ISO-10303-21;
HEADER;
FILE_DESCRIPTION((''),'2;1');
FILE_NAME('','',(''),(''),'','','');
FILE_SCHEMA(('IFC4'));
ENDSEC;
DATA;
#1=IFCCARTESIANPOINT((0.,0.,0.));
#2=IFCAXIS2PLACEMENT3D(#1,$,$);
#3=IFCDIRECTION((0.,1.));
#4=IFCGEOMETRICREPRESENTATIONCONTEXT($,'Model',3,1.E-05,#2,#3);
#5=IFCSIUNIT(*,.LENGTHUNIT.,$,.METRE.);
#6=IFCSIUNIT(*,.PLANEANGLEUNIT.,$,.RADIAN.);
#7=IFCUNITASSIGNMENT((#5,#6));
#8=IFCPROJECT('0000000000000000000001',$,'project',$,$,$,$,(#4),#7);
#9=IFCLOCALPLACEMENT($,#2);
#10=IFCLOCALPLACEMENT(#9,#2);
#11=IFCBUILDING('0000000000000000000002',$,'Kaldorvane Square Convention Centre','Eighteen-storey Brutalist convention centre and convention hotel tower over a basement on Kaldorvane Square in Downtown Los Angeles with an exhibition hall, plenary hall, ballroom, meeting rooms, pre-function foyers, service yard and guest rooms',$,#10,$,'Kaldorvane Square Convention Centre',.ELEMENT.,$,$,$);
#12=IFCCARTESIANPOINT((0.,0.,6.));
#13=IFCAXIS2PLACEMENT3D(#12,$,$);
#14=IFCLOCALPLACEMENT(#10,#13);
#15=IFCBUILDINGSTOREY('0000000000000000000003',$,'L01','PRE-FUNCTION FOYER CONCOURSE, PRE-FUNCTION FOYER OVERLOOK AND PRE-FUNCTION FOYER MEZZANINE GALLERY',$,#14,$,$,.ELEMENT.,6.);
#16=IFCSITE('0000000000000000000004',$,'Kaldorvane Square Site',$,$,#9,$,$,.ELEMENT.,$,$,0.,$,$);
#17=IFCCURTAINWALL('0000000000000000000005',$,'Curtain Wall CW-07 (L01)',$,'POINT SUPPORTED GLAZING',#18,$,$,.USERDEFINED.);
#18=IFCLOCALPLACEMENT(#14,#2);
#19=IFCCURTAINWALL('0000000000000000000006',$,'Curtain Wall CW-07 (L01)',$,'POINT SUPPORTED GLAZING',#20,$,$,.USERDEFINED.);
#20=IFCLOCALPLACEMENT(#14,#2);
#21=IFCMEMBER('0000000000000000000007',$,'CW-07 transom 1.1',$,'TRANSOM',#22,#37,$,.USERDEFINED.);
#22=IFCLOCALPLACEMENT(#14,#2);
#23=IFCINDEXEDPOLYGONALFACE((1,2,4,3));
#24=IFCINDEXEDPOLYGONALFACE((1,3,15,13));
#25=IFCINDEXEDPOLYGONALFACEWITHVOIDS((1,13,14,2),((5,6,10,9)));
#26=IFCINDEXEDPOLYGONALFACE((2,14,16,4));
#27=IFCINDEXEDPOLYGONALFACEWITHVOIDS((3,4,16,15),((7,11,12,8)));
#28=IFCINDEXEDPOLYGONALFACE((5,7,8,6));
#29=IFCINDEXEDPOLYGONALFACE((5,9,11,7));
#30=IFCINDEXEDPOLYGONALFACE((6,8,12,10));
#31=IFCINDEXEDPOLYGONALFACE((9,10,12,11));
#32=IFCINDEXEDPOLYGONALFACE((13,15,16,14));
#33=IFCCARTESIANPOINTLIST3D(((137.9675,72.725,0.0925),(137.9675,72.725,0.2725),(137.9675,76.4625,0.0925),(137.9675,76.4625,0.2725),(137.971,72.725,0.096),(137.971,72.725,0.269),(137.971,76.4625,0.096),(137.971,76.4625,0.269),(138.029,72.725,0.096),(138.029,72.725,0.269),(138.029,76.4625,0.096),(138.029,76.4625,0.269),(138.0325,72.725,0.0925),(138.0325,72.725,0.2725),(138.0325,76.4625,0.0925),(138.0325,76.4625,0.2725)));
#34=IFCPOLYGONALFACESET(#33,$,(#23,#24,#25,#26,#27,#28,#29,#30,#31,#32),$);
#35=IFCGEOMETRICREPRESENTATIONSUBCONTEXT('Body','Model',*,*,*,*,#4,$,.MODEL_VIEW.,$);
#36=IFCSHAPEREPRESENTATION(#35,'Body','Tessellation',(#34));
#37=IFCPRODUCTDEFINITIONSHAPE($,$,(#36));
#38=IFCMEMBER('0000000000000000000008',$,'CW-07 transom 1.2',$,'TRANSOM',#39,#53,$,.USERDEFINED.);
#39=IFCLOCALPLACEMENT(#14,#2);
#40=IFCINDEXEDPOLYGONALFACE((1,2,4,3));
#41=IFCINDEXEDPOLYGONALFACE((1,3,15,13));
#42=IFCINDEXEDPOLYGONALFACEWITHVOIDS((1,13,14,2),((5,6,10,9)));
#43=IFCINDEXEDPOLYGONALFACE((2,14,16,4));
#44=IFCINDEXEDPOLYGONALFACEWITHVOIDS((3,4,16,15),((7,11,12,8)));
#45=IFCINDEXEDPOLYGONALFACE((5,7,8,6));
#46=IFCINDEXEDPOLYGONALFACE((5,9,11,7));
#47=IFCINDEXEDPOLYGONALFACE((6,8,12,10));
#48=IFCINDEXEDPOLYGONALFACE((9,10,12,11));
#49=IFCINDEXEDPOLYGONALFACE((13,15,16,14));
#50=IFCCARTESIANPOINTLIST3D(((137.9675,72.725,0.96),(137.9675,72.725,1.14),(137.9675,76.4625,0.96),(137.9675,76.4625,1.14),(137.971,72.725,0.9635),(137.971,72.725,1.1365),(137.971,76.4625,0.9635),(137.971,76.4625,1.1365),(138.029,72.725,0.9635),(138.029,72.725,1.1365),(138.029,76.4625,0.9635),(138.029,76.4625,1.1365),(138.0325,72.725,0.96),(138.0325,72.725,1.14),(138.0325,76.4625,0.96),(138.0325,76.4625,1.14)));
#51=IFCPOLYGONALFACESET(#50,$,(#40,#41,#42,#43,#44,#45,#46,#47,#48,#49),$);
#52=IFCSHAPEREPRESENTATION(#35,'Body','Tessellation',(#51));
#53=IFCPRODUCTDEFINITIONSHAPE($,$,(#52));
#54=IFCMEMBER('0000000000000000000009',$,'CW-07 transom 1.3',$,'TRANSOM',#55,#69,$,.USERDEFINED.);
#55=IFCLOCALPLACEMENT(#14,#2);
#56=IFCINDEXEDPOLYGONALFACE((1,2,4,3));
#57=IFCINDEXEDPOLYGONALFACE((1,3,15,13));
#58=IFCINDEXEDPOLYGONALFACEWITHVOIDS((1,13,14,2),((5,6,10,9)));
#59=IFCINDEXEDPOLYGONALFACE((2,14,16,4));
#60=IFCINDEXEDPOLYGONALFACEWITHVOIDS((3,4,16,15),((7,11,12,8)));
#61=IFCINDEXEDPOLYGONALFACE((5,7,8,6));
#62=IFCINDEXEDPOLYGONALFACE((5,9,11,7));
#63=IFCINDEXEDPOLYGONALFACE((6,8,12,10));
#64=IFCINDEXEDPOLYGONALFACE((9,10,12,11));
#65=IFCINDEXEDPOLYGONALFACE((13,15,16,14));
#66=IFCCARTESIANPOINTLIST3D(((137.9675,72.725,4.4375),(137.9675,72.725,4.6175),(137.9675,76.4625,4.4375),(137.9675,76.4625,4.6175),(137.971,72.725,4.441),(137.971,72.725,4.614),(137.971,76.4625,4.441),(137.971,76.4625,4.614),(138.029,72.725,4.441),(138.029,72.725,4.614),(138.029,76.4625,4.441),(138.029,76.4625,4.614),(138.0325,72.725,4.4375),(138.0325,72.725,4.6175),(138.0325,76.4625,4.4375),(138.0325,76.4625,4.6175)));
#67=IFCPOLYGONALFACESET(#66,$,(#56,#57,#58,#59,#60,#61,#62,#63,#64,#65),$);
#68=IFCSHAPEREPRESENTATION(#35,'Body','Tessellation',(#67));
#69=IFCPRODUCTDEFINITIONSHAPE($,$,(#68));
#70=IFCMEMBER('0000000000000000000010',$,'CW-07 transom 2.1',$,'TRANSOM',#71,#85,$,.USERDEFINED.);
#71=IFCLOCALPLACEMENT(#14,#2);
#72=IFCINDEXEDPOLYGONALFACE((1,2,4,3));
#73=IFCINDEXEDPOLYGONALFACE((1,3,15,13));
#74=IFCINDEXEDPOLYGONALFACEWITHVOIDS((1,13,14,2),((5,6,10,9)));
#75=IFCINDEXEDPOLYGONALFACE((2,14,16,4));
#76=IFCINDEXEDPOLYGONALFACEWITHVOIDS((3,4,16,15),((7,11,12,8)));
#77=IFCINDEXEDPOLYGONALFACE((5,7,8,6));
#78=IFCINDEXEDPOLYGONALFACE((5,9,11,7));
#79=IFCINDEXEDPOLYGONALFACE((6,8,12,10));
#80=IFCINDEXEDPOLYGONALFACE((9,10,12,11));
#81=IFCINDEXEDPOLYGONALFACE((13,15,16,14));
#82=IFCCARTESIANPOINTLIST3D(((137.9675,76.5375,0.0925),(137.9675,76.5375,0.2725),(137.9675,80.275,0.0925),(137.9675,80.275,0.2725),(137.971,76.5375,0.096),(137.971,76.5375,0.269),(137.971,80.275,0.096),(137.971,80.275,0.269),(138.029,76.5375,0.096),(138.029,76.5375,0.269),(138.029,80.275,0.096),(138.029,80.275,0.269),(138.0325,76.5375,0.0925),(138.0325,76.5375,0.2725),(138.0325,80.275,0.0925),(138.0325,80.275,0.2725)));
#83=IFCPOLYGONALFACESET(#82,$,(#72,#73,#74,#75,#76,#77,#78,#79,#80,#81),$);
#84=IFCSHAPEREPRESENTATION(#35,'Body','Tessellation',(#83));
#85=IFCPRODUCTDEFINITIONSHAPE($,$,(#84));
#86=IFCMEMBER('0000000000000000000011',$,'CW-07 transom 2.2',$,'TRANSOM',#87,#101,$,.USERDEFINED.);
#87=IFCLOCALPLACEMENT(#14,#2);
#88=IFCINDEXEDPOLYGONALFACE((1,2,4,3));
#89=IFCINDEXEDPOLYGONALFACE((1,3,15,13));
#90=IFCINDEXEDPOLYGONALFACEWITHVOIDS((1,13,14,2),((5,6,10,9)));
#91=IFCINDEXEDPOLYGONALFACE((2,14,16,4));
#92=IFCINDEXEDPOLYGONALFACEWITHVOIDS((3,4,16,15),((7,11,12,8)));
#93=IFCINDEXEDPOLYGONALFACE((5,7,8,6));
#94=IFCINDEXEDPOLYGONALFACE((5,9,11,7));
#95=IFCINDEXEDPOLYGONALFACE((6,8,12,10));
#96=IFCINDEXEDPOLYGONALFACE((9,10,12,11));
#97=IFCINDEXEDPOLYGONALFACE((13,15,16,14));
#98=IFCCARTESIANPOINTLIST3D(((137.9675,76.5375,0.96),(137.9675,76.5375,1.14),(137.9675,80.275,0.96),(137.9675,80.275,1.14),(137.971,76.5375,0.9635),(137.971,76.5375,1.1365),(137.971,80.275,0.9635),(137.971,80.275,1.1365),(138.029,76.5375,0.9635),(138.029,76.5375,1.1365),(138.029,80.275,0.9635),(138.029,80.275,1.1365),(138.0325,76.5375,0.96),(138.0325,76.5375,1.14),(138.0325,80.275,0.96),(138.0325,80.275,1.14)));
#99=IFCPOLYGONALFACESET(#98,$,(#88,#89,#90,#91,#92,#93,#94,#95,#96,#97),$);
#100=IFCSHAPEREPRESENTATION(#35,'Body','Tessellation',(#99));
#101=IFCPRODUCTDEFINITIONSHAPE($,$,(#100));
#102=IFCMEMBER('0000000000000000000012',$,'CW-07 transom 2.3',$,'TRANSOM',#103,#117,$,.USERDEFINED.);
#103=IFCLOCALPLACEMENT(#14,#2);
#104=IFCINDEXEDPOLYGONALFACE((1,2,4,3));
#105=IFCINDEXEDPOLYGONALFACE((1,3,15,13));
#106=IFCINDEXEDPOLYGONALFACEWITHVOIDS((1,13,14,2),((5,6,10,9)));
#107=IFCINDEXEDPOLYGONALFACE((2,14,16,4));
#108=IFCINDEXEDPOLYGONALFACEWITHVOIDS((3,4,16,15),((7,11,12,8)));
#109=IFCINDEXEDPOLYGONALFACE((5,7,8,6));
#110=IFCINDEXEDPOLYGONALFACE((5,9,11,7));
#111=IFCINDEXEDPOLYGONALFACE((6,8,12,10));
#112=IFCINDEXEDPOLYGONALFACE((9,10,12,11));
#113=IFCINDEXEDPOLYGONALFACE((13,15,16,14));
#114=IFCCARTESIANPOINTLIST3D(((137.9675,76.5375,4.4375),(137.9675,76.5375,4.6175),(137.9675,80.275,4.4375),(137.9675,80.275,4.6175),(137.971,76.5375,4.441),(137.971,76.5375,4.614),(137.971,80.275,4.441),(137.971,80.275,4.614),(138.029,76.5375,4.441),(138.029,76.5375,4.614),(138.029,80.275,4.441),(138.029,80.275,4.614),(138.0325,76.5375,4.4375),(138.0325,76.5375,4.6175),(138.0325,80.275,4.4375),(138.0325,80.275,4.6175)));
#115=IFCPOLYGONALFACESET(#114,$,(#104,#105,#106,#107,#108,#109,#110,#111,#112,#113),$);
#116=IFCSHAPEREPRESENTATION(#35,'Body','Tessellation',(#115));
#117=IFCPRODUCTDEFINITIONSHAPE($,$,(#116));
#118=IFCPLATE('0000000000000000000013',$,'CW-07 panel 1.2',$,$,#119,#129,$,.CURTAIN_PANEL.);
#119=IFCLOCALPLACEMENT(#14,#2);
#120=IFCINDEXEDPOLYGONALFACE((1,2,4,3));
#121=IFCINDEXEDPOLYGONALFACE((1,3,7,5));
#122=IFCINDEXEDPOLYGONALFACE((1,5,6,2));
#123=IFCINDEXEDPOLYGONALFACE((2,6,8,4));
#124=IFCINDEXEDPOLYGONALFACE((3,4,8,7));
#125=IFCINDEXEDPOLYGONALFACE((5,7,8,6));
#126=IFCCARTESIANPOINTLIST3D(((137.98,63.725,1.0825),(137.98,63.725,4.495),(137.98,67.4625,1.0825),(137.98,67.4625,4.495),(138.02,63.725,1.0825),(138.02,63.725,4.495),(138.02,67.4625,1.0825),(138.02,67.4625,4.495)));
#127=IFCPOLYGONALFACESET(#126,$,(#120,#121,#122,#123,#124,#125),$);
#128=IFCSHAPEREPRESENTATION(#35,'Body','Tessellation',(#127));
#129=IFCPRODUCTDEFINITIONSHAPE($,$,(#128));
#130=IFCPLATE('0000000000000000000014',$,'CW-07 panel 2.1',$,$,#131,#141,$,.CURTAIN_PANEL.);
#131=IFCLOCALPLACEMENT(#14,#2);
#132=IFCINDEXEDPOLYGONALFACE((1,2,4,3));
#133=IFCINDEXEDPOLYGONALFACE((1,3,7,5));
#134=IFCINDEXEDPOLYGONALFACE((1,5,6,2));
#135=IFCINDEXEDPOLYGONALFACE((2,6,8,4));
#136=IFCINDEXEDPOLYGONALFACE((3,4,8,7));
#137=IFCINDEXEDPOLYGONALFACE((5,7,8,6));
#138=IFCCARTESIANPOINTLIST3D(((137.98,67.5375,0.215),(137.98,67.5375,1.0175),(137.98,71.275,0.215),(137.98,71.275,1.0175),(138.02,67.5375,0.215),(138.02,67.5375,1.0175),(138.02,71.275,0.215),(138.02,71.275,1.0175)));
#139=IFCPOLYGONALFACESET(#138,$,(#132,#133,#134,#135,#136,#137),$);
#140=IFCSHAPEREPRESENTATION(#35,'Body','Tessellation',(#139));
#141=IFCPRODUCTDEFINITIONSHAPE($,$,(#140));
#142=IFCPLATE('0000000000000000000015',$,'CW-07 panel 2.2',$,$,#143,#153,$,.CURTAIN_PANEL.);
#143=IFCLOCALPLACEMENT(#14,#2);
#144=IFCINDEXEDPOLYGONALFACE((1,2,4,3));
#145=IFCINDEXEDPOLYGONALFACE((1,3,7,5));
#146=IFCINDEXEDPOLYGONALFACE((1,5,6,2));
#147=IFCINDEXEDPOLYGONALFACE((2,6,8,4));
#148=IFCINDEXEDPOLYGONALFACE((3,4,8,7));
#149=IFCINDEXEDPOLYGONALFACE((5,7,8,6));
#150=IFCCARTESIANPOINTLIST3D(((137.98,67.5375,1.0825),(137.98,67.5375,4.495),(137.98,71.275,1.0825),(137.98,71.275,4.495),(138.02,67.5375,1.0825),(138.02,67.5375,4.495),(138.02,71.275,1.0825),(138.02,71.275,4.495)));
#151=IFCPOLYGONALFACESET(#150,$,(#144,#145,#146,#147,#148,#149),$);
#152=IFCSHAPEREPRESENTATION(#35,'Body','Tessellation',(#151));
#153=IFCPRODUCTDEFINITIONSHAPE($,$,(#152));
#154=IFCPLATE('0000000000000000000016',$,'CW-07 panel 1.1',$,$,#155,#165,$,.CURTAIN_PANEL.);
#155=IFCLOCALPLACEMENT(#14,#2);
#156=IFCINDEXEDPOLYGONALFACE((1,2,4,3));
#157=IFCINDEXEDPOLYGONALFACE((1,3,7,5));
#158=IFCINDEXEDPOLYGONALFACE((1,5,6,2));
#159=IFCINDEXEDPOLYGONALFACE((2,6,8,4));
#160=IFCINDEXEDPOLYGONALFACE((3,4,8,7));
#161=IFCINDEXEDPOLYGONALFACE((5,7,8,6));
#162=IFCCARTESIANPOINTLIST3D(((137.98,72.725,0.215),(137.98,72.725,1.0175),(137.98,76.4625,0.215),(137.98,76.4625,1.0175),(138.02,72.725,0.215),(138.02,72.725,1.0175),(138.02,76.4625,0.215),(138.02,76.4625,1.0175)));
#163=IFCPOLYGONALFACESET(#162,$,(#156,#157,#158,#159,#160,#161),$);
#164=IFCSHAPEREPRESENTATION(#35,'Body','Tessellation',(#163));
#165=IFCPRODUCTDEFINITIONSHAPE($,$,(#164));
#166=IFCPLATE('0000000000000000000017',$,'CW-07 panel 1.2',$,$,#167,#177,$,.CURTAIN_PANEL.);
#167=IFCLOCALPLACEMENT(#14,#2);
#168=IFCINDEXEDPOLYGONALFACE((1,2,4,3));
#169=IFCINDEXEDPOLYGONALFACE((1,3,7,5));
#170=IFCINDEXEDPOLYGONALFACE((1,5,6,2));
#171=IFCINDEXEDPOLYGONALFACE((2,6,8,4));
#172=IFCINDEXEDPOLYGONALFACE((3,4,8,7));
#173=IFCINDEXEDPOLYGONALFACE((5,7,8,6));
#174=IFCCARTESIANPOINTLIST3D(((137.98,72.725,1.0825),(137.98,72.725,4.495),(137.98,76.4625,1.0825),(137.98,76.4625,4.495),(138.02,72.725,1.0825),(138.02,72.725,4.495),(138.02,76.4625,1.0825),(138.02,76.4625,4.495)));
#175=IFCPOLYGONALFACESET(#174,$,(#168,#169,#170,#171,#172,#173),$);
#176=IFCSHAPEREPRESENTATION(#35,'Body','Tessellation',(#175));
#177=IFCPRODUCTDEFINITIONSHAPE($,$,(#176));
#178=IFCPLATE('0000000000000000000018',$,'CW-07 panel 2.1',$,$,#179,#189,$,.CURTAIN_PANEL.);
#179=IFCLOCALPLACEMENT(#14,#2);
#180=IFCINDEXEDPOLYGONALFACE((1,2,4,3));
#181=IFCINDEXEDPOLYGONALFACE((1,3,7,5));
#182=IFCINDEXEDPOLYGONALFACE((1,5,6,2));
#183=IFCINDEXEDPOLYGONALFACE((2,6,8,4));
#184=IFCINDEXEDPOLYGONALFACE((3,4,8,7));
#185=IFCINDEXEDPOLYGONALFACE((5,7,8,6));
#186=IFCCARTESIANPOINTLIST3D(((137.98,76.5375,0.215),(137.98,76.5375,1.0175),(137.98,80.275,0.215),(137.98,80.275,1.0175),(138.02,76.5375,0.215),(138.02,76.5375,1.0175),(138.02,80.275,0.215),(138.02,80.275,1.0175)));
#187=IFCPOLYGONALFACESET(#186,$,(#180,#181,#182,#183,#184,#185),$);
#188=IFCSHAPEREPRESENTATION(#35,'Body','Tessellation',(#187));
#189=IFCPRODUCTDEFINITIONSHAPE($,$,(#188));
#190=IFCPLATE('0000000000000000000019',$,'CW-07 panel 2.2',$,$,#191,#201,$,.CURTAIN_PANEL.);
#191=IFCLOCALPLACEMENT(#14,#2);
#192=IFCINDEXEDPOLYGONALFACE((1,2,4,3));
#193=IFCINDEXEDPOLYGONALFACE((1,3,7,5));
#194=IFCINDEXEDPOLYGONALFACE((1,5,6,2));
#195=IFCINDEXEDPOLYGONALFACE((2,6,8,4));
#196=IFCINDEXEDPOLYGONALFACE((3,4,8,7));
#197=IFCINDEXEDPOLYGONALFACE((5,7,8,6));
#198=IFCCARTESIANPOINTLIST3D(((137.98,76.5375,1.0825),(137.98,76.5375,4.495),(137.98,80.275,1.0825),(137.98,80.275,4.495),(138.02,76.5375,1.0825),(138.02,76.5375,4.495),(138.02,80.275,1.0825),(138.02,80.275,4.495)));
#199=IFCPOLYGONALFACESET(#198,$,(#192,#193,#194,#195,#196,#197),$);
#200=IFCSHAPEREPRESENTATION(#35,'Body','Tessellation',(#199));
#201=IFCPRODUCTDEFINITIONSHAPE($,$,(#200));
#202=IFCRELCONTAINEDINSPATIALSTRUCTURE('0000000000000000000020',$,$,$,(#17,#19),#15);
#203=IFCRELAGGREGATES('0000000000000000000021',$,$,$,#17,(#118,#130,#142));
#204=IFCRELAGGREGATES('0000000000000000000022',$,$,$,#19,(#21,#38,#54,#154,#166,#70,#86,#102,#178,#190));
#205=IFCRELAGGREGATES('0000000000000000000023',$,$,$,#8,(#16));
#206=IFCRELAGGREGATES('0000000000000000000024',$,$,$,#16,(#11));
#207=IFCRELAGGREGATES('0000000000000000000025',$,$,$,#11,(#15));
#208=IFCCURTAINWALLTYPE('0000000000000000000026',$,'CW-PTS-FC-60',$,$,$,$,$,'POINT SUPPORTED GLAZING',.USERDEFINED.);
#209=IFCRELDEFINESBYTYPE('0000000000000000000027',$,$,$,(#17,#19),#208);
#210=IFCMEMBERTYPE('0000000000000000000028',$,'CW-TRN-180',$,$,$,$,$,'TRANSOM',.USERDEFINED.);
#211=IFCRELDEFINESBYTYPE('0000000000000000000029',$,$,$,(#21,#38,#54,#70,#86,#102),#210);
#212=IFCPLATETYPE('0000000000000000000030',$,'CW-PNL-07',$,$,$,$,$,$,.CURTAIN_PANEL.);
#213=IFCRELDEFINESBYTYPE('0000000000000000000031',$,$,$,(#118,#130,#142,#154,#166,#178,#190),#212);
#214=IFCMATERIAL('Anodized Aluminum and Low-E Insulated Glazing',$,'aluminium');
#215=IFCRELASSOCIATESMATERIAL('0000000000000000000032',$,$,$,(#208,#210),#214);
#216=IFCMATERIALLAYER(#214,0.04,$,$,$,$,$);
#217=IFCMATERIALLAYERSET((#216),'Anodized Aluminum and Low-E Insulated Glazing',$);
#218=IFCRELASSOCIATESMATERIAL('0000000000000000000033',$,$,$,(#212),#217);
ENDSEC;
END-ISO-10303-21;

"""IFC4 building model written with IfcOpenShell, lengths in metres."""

from ifc_helpers import new_model, si_unit, direction, frame, origin, origin_2d, place, context, subcontext, project, spatial, rectangle, hollow_rectangle, extrude, material, layer, layer_set, material_profile, profile_set, type_object, element, aggregate, save


model = new_model("IFC4")

# Units and contexts
model_context = context("Model", 3, precision=1e-05, world=origin(), true_north=direction((0.0, 1.0)))
body_context = subcontext(model_context, "Body", "Model", "MODEL_VIEW")
ifc_project = project(units=[si_unit("LENGTHUNIT", "METRE"), si_unit("PLANEANGLEUNIT", "RADIAN")], contexts=[model_context])

# Site, building, storey
site_placement = place(None, origin())
site = spatial("IfcSite", under=ifc_project, at=site_placement, Name="Kaldorvane Square Site", CompositionType="ELEMENT", RefElevation=0.0)
building_placement = place(site_placement, origin())
building = spatial("IfcBuilding", under=site, at=building_placement, Name="Kaldorvane Square Convention Centre", Description="Eighteen-storey Brutalist convention centre and convention hotel tower over a basement on Kaldorvane Square in Downtown Los Angeles with an exhibition hall, plenary hall, ballroom, meeting rooms, pre-function foyers, service yard and guest rooms", LongName="Kaldorvane Square Convention Centre", CompositionType="ELEMENT")
storey_placement = place(building_placement, frame((0.0, 0.0, 6.0)))
storey = spatial("IfcBuildingStorey", under=building, at=storey_placement, Name="L01", Description="PRE-FUNCTION FOYER CONCOURSE, PRE-FUNCTION FOYER OVERLOOK AND PRE-FUNCTION FOYER MEZZANINE GALLERY", CompositionType="ELEMENT", Elevation=6.0)

# Curtain walls
ifc_material_1 = material(Name="Anodized Aluminum and Low-E Insulated Glazing", Category="aluminium")
curtain_wall_type = type_object("IfcCurtainWallType", Name="CW-PTS-FC-60", ElementType="POINT SUPPORTED GLAZING", PredefinedType="USERDEFINED", material=ifc_material_1)
curtain_wall_1_placement = place(storey_placement, origin())
curtain_wall_1 = element("IfcCurtainWall", 1, at=curtain_wall_1_placement, inside=storey, type_object=curtain_wall_type, Name="Curtain Wall CW-07 (L01)", ObjectType="POINT SUPPORTED GLAZING", PredefinedType="USERDEFINED")
curtain_wall_2_placement = place(storey_placement, origin())
curtain_wall_2 = element("IfcCurtainWall", 2, at=curtain_wall_2_placement, inside=storey, type_object=curtain_wall_type, Name="Curtain Wall CW-07 (L01)", ObjectType="POINT SUPPORTED GLAZING", PredefinedType="USERDEFINED")

# Members
ifc_material_profile_1 = material_profile(ifc_material_1, hollow_rectangle(XDim=0.065, YDim=0.18, WallThickness=0.0035, at=origin_2d()), Name="CWT-180X65")
ifc_profile_set_1 = profile_set([ifc_material_profile_1], Name="Anodized Aluminum and Low-E Insulated Glazing")
member_type_1 = type_object("IfcMemberType", Name="CW-TRN-180", ElementType="TRANSOM", PredefinedType="USERDEFINED", material=ifc_profile_set_1)
member_1_placement = place(storey_placement, frame((138.0, 72.725, 0.1825), z_axis=(0.0, 1.0, 0.0), x_axis=(-1.0, 0.0, 0.0)))
member_1 = element("IfcMember", 3, at=member_1_placement, type_object=member_type_1, Name="CW-07 transom 1.1", ObjectType="TRANSOM", PredefinedType="USERDEFINED", context=body_context, shape_type="SweptSolid", body=[
    extrude(hollow_rectangle(XDim=0.065, YDim=0.18, WallThickness=0.0035, at=origin_2d()), origin(), (0.0, 0.0, 1.0), 3.7375),
])
member_2_placement = place(storey_placement, frame((138.0, 72.725, 1.05), z_axis=(0.0, 1.0, 0.0), x_axis=(-1.0, 0.0, 0.0)))
member_2 = element("IfcMember", 4, at=member_2_placement, type_object=member_type_1, Name="CW-07 transom 1.2", ObjectType="TRANSOM", PredefinedType="USERDEFINED", context=body_context, shape_type="SweptSolid", body=[
    extrude(hollow_rectangle(XDim=0.065, YDim=0.18, WallThickness=0.0035, at=origin_2d()), origin(), (0.0, 0.0, 1.0), 3.7375),
])
member_3_placement = place(storey_placement, frame((138.0, 72.725, 4.5275), z_axis=(0.0, 1.0, 0.0), x_axis=(-1.0, 0.0, 0.0)))
member_3 = element("IfcMember", 5, at=member_3_placement, type_object=member_type_1, Name="CW-07 transom 1.3", ObjectType="TRANSOM", PredefinedType="USERDEFINED", context=body_context, shape_type="SweptSolid", body=[
    extrude(hollow_rectangle(XDim=0.065, YDim=0.18, WallThickness=0.0035, at=origin_2d()), origin(), (0.0, 0.0, 1.0), 3.7375),
])
member_4_placement = place(storey_placement, frame((138.0, 76.5375, 0.1825), z_axis=(0.0, 1.0, 0.0), x_axis=(-1.0, 0.0, 0.0)))
member_4 = element("IfcMember", 6, at=member_4_placement, type_object=member_type_1, Name="CW-07 transom 2.1", ObjectType="TRANSOM", PredefinedType="USERDEFINED", context=body_context, shape_type="SweptSolid", body=[
    extrude(hollow_rectangle(XDim=0.065, YDim=0.18, WallThickness=0.0035, at=origin_2d()), origin(), (0.0, 0.0, 1.0), 3.7375),
])
member_5_placement = place(storey_placement, frame((138.0, 76.5375, 1.05), z_axis=(0.0, 1.0, 0.0), x_axis=(-1.0, 0.0, 0.0)))
member_5 = element("IfcMember", 7, at=member_5_placement, type_object=member_type_1, Name="CW-07 transom 2.2", ObjectType="TRANSOM", PredefinedType="USERDEFINED", context=body_context, shape_type="SweptSolid", body=[
    extrude(hollow_rectangle(XDim=0.065, YDim=0.18, WallThickness=0.0035, at=origin_2d()), origin(), (0.0, 0.0, 1.0), 3.7375),
])
member_6_placement = place(storey_placement, frame((138.0, 76.5375, 4.5275), z_axis=(0.0, 1.0, 0.0), x_axis=(-1.0, 0.0, 0.0)))
member_6 = element("IfcMember", 8, at=member_6_placement, type_object=member_type_1, Name="CW-07 transom 2.3", ObjectType="TRANSOM", PredefinedType="USERDEFINED", context=body_context, shape_type="SweptSolid", body=[
    extrude(hollow_rectangle(XDim=0.065, YDim=0.18, WallThickness=0.0035, at=origin_2d()), origin(), (0.0, 0.0, 1.0), 3.7375),
])

# Plates
ifc_layer_1 = layer(ifc_material_1, 0.04)
ifc_layer_set_1 = layer_set([ifc_layer_1], Name="Anodized Aluminum and Low-E Insulated Glazing")
plate_type = type_object("IfcPlateType", Name="CW-PNL-07", PredefinedType="CURTAIN_PANEL", material=ifc_layer_set_1)
plate_1_placement = place(storey_placement, frame((138.0, 65.5938, 1.0825), z_axis=(0.0, 0.0, 1.0), x_axis=(0.0, 1.0, 0.0)))
plate_1 = element("IfcPlate", 9, at=plate_1_placement, type_object=plate_type, Name="CW-07 panel 1.2", PredefinedType="CURTAIN_PANEL", context=body_context, shape_type="SweptSolid", body=[
    extrude(rectangle(XDim=3.7375, YDim=0.04, at=origin_2d()), origin(), (0.0, 0.0, 1.0), 3.4125),
])
plate_2_placement = place(storey_placement, frame((138.0, 69.4062, 0.215), z_axis=(0.0, 0.0, 1.0), x_axis=(0.0, 1.0, 0.0)))
plate_2 = element("IfcPlate", 10, at=plate_2_placement, type_object=plate_type, Name="CW-07 panel 2.1", PredefinedType="CURTAIN_PANEL", context=body_context, shape_type="SweptSolid", body=[
    extrude(rectangle(XDim=3.7375, YDim=0.04, at=origin_2d()), origin(), (0.0, 0.0, 1.0), 0.8025),
])
plate_3_placement = place(storey_placement, frame((138.0, 69.4062, 1.0825), z_axis=(0.0, 0.0, 1.0), x_axis=(0.0, 1.0, 0.0)))
plate_3 = element("IfcPlate", 11, at=plate_3_placement, type_object=plate_type, Name="CW-07 panel 2.2", PredefinedType="CURTAIN_PANEL", context=body_context, shape_type="SweptSolid", body=[
    extrude(rectangle(XDim=3.7375, YDim=0.04, at=origin_2d()), origin(), (0.0, 0.0, 1.0), 3.4125),
])
aggregate(curtain_wall_1, [plate_1, plate_2, plate_3])
plate_4_placement = place(storey_placement, frame((138.0, 74.5938, 0.215), z_axis=(0.0, 0.0, 1.0), x_axis=(0.0, 1.0, 0.0)))
plate_4 = element("IfcPlate", 12, at=plate_4_placement, type_object=plate_type, Name="CW-07 panel 1.1", PredefinedType="CURTAIN_PANEL", context=body_context, shape_type="SweptSolid", body=[
    extrude(rectangle(XDim=3.7375, YDim=0.04, at=origin_2d()), origin(), (0.0, 0.0, 1.0), 0.8025),
])
plate_5_placement = place(storey_placement, frame((138.0, 74.5938, 1.0825), z_axis=(0.0, 0.0, 1.0), x_axis=(0.0, 1.0, 0.0)))
plate_5 = element("IfcPlate", 13, at=plate_5_placement, type_object=plate_type, Name="CW-07 panel 1.2", PredefinedType="CURTAIN_PANEL", context=body_context, shape_type="SweptSolid", body=[
    extrude(rectangle(XDim=3.7375, YDim=0.04, at=origin_2d()), origin(), (0.0, 0.0, 1.0), 3.4125),
])
plate_6_placement = place(storey_placement, frame((138.0, 78.4062, 0.215), z_axis=(0.0, 0.0, 1.0), x_axis=(0.0, 1.0, 0.0)))
plate_6 = element("IfcPlate", 14, at=plate_6_placement, type_object=plate_type, Name="CW-07 panel 2.1", PredefinedType="CURTAIN_PANEL", context=body_context, shape_type="SweptSolid", body=[
    extrude(rectangle(XDim=3.7375, YDim=0.04, at=origin_2d()), origin(), (0.0, 0.0, 1.0), 0.8025),
])
plate_7_placement = place(storey_placement, frame((138.0, 78.4062, 1.0825), z_axis=(0.0, 0.0, 1.0), x_axis=(0.0, 1.0, 0.0)))
plate_7 = element("IfcPlate", 15, at=plate_7_placement, type_object=plate_type, Name="CW-07 panel 2.2", PredefinedType="CURTAIN_PANEL", context=body_context, shape_type="SweptSolid", body=[
    extrude(rectangle(XDim=3.7375, YDim=0.04, at=origin_2d()), origin(), (0.0, 0.0, 1.0), 3.4125),
])
aggregate(curtain_wall_2, [member_1, member_2, member_3, plate_4, plate_5, member_4, member_5, member_6, plate_6, plate_7])

save(model, "model.ifc")
